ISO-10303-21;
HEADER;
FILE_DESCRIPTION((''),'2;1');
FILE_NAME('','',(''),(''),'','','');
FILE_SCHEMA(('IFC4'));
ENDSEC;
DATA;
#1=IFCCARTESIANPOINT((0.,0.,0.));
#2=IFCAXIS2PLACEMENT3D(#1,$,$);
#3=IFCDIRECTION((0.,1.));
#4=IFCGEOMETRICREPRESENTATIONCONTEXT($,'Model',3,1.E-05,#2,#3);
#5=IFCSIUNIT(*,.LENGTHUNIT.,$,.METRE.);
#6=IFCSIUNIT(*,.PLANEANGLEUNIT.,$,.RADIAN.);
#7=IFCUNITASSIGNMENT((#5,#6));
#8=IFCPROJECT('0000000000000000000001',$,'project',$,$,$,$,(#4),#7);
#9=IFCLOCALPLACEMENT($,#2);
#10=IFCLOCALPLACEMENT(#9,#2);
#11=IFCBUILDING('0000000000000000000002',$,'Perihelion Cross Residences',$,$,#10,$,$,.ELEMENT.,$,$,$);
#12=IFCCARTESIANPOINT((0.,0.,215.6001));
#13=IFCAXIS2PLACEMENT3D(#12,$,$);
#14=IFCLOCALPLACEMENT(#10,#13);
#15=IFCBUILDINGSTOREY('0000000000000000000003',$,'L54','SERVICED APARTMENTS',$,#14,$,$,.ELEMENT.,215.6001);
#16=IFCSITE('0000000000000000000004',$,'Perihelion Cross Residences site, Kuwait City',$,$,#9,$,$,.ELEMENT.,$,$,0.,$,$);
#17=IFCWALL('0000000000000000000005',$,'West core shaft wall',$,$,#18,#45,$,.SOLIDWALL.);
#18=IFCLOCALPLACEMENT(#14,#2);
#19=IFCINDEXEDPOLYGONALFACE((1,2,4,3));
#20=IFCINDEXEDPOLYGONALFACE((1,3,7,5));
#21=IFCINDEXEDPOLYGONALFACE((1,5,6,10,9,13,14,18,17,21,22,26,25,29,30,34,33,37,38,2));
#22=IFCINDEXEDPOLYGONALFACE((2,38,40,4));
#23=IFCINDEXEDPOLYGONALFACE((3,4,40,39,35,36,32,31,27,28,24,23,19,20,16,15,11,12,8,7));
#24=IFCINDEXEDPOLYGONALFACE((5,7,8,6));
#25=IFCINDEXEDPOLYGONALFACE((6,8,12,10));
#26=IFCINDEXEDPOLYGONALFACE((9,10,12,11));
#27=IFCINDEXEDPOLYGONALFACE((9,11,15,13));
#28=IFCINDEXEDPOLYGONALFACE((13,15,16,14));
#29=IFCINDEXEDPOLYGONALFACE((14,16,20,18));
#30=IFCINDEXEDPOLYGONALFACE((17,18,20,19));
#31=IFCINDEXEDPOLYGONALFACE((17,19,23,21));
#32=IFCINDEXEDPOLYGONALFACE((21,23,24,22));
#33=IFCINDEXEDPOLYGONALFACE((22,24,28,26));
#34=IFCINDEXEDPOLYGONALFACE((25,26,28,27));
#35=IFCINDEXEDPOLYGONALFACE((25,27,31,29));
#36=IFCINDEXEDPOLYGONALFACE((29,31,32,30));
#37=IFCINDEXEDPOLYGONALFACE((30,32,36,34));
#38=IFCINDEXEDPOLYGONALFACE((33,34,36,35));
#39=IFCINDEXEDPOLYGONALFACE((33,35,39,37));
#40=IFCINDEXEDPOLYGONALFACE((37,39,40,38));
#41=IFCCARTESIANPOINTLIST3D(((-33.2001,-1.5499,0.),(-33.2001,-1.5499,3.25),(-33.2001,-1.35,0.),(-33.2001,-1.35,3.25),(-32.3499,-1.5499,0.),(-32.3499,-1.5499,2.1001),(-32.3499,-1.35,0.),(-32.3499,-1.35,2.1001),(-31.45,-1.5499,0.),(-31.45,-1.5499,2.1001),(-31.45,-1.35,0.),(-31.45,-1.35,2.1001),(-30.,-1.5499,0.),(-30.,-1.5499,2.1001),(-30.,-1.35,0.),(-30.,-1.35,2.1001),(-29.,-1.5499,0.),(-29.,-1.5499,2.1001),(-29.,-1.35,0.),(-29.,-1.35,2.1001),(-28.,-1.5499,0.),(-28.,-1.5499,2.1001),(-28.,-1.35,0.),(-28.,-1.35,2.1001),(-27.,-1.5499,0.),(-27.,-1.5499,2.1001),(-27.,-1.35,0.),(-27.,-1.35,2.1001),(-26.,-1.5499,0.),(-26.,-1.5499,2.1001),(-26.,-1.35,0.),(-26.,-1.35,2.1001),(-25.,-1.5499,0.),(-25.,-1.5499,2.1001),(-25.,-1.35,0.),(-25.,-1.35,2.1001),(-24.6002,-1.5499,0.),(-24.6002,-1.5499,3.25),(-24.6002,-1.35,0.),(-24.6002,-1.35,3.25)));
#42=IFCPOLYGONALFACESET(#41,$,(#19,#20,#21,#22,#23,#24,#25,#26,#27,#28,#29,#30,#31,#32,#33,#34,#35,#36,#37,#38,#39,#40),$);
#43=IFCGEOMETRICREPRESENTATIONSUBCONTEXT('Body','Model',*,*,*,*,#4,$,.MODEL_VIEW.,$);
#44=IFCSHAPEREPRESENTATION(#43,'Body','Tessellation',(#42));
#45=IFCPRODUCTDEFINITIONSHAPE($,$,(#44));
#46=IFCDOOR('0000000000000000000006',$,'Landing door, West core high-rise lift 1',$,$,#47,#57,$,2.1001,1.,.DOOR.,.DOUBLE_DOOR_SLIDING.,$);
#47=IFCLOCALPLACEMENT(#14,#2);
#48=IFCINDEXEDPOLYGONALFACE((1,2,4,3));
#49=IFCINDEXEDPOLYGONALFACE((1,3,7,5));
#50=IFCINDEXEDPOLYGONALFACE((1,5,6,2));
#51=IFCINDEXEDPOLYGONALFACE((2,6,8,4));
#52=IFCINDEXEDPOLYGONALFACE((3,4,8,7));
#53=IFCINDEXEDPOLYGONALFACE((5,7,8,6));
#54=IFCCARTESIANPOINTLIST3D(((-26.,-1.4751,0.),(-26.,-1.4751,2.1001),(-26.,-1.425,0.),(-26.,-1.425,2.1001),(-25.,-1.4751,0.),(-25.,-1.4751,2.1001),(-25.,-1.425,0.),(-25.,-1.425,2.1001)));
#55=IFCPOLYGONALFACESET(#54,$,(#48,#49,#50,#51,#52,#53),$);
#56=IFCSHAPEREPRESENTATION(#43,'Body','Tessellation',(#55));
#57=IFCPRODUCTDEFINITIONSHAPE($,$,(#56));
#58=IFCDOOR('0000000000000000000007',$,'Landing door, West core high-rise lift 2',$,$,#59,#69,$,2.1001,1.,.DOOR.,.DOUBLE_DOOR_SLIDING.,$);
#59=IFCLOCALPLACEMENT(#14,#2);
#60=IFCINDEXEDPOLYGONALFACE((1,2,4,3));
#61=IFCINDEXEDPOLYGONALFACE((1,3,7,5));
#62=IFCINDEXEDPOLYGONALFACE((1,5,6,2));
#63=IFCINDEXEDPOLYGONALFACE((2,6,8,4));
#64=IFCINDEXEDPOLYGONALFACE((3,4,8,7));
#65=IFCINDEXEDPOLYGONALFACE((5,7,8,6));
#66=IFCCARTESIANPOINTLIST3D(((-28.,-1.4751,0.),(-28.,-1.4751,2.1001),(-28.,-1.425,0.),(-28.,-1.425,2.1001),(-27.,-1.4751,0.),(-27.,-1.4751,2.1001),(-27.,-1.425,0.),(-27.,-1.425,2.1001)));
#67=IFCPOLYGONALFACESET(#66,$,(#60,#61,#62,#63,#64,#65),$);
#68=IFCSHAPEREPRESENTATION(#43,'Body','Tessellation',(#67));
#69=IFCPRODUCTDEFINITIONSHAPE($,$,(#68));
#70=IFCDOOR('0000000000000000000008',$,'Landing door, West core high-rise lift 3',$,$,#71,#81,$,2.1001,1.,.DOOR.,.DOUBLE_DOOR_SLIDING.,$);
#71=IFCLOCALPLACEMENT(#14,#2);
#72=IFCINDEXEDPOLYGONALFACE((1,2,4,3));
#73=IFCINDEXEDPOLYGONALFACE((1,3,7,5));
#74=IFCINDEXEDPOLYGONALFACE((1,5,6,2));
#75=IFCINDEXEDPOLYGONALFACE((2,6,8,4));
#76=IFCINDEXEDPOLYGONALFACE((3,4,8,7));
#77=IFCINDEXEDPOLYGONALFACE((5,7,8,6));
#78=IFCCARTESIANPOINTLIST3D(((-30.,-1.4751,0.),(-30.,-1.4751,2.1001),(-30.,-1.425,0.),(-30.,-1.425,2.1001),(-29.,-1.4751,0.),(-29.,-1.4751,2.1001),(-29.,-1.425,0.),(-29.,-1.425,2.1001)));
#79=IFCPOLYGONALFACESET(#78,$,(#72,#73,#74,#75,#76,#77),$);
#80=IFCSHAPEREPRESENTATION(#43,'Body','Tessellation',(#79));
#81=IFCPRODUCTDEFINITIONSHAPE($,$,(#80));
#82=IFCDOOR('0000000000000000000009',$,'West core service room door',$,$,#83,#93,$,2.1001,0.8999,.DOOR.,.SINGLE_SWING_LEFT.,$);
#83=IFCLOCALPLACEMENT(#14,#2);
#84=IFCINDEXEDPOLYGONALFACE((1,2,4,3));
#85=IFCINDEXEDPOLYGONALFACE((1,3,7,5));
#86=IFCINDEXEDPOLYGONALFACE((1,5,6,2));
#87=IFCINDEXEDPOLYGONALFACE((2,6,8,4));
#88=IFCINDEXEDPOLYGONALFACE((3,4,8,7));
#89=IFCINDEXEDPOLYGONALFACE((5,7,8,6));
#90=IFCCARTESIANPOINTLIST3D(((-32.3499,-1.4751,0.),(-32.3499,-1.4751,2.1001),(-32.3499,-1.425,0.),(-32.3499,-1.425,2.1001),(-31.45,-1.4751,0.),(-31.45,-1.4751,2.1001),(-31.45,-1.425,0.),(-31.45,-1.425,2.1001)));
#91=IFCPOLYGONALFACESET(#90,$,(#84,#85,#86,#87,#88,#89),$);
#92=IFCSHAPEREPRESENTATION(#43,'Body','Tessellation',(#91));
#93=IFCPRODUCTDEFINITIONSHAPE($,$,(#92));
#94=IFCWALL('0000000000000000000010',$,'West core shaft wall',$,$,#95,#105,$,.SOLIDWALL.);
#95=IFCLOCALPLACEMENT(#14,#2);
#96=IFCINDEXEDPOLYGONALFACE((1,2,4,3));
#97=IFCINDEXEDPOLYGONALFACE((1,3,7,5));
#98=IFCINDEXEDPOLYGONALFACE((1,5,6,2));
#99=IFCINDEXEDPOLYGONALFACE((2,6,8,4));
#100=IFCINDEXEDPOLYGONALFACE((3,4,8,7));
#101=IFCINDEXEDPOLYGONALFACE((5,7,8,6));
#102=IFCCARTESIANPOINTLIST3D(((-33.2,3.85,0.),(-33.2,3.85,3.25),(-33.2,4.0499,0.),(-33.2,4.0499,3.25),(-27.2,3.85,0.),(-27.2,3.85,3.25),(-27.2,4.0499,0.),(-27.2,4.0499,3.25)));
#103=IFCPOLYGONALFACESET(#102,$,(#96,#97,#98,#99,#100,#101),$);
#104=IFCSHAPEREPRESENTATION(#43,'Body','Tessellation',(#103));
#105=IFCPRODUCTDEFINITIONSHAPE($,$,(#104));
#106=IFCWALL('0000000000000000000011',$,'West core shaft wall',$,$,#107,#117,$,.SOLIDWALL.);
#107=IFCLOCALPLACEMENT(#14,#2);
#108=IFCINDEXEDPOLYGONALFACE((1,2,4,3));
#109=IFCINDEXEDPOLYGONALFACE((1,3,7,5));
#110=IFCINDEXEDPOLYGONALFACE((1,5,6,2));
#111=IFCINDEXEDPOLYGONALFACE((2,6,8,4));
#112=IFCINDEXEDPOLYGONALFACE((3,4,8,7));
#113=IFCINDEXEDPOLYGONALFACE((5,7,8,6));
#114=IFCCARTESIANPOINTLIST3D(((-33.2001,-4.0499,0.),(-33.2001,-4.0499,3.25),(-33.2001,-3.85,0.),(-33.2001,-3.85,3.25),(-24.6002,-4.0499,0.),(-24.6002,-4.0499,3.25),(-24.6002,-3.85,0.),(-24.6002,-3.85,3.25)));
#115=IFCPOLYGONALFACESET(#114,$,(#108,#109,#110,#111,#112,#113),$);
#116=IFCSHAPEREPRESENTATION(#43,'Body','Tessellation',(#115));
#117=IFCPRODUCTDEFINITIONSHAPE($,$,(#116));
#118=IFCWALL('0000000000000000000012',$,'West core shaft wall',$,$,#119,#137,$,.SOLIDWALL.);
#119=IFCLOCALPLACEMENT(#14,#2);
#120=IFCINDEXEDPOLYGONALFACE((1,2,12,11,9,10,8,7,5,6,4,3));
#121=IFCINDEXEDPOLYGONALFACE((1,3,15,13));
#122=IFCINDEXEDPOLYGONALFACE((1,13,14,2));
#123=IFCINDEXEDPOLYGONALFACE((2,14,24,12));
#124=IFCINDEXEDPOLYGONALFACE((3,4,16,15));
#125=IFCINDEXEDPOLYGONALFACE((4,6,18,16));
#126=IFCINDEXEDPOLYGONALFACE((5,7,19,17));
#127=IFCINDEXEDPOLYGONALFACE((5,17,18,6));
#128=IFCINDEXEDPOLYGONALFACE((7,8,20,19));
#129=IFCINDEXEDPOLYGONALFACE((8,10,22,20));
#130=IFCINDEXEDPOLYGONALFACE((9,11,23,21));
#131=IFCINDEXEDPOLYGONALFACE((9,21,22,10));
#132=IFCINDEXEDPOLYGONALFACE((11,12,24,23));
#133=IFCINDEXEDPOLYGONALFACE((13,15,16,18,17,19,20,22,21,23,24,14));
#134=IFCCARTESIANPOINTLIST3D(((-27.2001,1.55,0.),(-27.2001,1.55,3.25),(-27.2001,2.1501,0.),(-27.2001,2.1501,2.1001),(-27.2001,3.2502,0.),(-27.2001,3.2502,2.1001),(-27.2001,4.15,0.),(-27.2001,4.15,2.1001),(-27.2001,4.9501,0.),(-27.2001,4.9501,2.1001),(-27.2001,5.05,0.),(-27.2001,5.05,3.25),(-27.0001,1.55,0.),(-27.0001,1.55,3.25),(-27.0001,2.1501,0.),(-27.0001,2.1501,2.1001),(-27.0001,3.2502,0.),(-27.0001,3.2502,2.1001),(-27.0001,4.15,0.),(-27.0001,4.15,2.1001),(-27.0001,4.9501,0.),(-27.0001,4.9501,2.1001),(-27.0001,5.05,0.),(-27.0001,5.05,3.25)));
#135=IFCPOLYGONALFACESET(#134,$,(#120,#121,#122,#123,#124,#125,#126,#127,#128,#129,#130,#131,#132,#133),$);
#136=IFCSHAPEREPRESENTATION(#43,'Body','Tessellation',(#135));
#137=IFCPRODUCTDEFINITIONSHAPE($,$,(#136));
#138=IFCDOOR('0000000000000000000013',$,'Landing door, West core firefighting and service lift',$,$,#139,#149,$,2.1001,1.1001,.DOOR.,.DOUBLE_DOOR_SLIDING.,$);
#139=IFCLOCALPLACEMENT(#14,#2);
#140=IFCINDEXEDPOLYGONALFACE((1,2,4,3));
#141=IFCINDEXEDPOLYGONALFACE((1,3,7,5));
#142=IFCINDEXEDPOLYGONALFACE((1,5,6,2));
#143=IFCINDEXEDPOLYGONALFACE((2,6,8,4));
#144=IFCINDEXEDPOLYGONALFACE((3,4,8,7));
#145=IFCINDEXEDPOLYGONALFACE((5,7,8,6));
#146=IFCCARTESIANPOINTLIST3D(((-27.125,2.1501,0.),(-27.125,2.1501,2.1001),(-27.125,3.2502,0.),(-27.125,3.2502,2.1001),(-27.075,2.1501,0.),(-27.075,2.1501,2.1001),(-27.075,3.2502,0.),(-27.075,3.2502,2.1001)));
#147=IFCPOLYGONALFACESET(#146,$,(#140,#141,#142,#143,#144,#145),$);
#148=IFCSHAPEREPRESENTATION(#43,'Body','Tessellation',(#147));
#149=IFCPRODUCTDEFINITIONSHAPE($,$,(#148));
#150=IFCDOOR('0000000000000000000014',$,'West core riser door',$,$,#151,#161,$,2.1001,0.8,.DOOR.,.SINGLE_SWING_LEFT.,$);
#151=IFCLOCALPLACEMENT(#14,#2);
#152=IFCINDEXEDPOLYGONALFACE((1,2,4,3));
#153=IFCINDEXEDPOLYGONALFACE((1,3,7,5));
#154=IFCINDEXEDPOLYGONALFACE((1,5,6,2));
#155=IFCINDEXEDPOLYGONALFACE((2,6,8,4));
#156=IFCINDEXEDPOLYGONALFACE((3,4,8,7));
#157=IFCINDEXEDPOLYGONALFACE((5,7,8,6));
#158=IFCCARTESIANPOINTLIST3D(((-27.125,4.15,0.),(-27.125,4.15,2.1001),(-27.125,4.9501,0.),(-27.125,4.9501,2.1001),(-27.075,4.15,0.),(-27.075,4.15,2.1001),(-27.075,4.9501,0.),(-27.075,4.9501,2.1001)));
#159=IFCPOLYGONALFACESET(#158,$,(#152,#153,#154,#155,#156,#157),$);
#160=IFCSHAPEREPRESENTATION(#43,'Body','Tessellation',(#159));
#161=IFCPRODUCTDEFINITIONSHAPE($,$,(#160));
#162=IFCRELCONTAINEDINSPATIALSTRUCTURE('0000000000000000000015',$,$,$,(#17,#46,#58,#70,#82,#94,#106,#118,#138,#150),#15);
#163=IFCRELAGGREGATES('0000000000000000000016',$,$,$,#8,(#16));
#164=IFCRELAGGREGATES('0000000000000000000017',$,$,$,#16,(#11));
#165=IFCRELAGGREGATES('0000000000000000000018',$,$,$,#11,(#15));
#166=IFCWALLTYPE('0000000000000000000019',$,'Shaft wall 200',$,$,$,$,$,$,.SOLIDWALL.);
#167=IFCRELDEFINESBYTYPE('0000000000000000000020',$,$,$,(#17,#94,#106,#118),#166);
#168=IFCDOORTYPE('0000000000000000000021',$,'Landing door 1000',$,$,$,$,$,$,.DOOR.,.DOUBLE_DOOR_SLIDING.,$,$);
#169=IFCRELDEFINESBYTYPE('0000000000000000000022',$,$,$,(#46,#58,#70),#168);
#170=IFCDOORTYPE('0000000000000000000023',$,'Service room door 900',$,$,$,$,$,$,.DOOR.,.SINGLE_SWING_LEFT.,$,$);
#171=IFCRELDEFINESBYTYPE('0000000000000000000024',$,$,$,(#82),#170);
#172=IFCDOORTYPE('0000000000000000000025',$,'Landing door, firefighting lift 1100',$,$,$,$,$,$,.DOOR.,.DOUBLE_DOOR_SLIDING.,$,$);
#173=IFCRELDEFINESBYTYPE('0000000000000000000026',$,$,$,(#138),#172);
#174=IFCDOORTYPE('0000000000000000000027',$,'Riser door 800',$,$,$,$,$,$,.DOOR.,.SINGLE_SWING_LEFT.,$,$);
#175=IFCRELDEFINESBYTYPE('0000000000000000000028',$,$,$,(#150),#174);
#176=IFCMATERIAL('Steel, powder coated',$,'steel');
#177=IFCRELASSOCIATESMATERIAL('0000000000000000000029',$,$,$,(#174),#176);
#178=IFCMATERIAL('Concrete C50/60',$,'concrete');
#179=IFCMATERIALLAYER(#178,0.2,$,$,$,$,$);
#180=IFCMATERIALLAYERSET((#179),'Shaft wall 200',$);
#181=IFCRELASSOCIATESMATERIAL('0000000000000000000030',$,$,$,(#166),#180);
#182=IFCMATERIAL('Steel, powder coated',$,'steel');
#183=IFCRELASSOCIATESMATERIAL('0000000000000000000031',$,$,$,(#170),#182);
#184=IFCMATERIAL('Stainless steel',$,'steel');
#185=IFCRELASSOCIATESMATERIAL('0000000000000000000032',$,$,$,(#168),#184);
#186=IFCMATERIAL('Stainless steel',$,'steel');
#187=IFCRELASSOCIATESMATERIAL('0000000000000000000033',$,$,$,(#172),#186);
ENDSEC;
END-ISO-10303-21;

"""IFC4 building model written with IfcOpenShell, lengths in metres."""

from ifc_helpers import new_model, si_unit, direction, frame, frame_2d, origin, place, context, subcontext, project, spatial, rectangle, extrude, material, layer, layer_set, type_object, element, fill, save


model = new_model("IFC4")

# Units and contexts
model_context = context("Model", 3, precision=1e-05, world=origin(), true_north=direction((0.0, 1.0)))
body_context = subcontext(model_context, "Body", "Model", "MODEL_VIEW")
ifc_project = project(units=[si_unit("LENGTHUNIT", "METRE"), si_unit("PLANEANGLEUNIT", "RADIAN")], contexts=[model_context])

# Site, building, storey
site_placement = place(None, origin())
site = spatial("IfcSite", under=ifc_project, at=site_placement, Name="Perihelion Cross Residences site, Kuwait City", CompositionType="ELEMENT", RefElevation=0.0)
building_placement = place(site_placement, origin())
building = spatial("IfcBuilding", under=site, at=building_placement, Name="Perihelion Cross Residences", CompositionType="ELEMENT")
storey_placement = place(building_placement, frame((0.0, 0.0, 215.6001)))
storey = spatial("IfcBuildingStorey", under=building, at=storey_placement, Name="L54", Description="SERVICED APARTMENTS", CompositionType="ELEMENT", Elevation=215.6001)

# Shared definitions
ifc_material_1 = material(Name="Steel, powder coated", Category="steel")
door_type_1 = type_object("IfcDoorType", Name="Riser door 800", OperationType="SINGLE_SWING_LEFT", PredefinedType="DOOR", material=ifc_material_1)

# Wall, openings, doors
ifc_material_2 = material(Name="Concrete C50/60", Category="concrete")
ifc_layer_1 = layer(ifc_material_2, 0.2)
ifc_layer_set_1 = layer_set([ifc_layer_1], Name="Shaft wall 200")
wall_type_1 = type_object("IfcWallType", Name="Shaft wall 200", PredefinedType="SOLIDWALL", material=ifc_layer_set_1)
ifc_material_3 = material(Name="Steel, powder coated", Category="steel")
door_type_2 = type_object("IfcDoorType", Name="Service room door 900", OperationType="SINGLE_SWING_LEFT", PredefinedType="DOOR", material=ifc_material_3)
wall_1_placement = place(storey_placement, frame((-33.2, -1.45, 0.0), z_axis=(0.0, 0.0, 1.0), x_axis=(1.0, 0.0, 0.0)))
wall_1 = element("IfcWall", 1, at=wall_1_placement, inside=storey, type_object=wall_type_1, Name="West core shaft wall", PredefinedType="SOLIDWALL", context=body_context, shape_type="SweptSolid", body=[
    extrude(rectangle(XDim=8.5999, YDim=0.2, at=frame_2d((4.2998, 0.0))), origin(), (0.0, 0.0, 1.0), 3.25),
])
opening_1_placement = place(wall_1_placement, frame((7.2, 0.0, 0.0)))
opening_1 = element("IfcOpeningElement", 2, at=opening_1_placement, cuts=wall_1, PredefinedType="OPENING", context=body_context, shape_type="SweptSolid", body=[
    extrude(rectangle(XDim=1.0, YDim=2.1001, at=frame_2d((0.5, 1.05))), frame((0.0, 0.1099, 0.0), z_axis=(0.0, -1.0, 0.0), x_axis=(1.0, 0.0, 0.0)), (0.0, 0.0, 1.0), 0.22),
])
opening_2_placement = place(wall_1_placement, frame((5.2, 0.0, 0.0)))
opening_2 = element("IfcOpeningElement", 3, at=opening_2_placement, cuts=wall_1, PredefinedType="OPENING", context=body_context, shape_type="SweptSolid", body=[
    extrude(rectangle(XDim=1.0, YDim=2.1001, at=frame_2d((0.5, 1.05))), frame((0.0, 0.1099, 0.0), z_axis=(0.0, -1.0, 0.0), x_axis=(1.0, 0.0, 0.0)), (0.0, 0.0, 1.0), 0.22),
])
opening_3_placement = place(wall_1_placement, frame((3.2, 0.0, 0.0)))
opening_3 = element("IfcOpeningElement", 4, at=opening_3_placement, cuts=wall_1, PredefinedType="OPENING", context=body_context, shape_type="SweptSolid", body=[
    extrude(rectangle(XDim=1.0, YDim=2.1001, at=frame_2d((0.5, 1.05))), frame((0.0, 0.1099, 0.0), z_axis=(0.0, -1.0, 0.0), x_axis=(1.0, 0.0, 0.0)), (0.0, 0.0, 1.0), 0.22),
])
opening_4_placement = place(wall_1_placement, frame((0.8501, 0.0, 0.0)))
opening_4 = element("IfcOpeningElement", 5, at=opening_4_placement, cuts=wall_1, PredefinedType="OPENING", context=body_context, shape_type="SweptSolid", body=[
    extrude(rectangle(XDim=0.8999, YDim=2.1001, at=frame_2d((0.45, 1.05))), frame((0.0, 0.1099, 0.0), z_axis=(0.0, -1.0, 0.0), x_axis=(1.0, 0.0, 0.0)), (0.0, 0.0, 1.0), 0.22),
])
ifc_material_4 = material(Name="Stainless steel", Category="steel")
door_type_3 = type_object("IfcDoorType", Name="Landing door 1000", OperationType="DOUBLE_DOOR_SLIDING", PredefinedType="DOOR", material=ifc_material_4)
door_1_placement = place(opening_1_placement, origin())
door_1 = element("IfcDoor", 6, at=door_1_placement, inside=storey, type_object=door_type_3, Name="Landing door, West core high-rise lift 1", OperationType="DOUBLE_DOOR_SLIDING", OverallHeight=2.1001, OverallWidth=1.0, PredefinedType="DOOR", context=body_context, shape_type="SweptSolid", body=[
    extrude(rectangle(XDim=1.0, YDim=2.1001, at=frame_2d((0.5, 1.05))), frame((0.0, 0.0249, 0.0), z_axis=(0.0, -1.0, 0.0), x_axis=(1.0, 0.0, 0.0)), (0.0, 0.0, 1.0), 0.05),
])
fill(opening_1, door_1)
door_2_placement = place(opening_2_placement, origin())
door_2 = element("IfcDoor", 7, at=door_2_placement, inside=storey, type_object=door_type_3, Name="Landing door, West core high-rise lift 2", OperationType="DOUBLE_DOOR_SLIDING", OverallHeight=2.1001, OverallWidth=1.0, PredefinedType="DOOR", context=body_context, shape_type="SweptSolid", body=[
    extrude(rectangle(XDim=1.0, YDim=2.1001, at=frame_2d((0.5, 1.05))), frame((0.0, 0.0249, 0.0), z_axis=(0.0, -1.0, 0.0), x_axis=(1.0, 0.0, 0.0)), (0.0, 0.0, 1.0), 0.05),
])
fill(opening_2, door_2)
door_3_placement = place(opening_3_placement, origin())
door_3 = element("IfcDoor", 8, at=door_3_placement, inside=storey, type_object=door_type_3, Name="Landing door, West core high-rise lift 3", OperationType="DOUBLE_DOOR_SLIDING", OverallHeight=2.1001, OverallWidth=1.0, PredefinedType="DOOR", context=body_context, shape_type="SweptSolid", body=[
    extrude(rectangle(XDim=1.0, YDim=2.1001, at=frame_2d((0.5, 1.05))), frame((0.0, 0.0249, 0.0), z_axis=(0.0, -1.0, 0.0), x_axis=(1.0, 0.0, 0.0)), (0.0, 0.0, 1.0), 0.05),
])
fill(opening_3, door_3)
door_4_placement = place(opening_4_placement, origin())
door_4 = element("IfcDoor", 9, at=door_4_placement, inside=storey, type_object=door_type_2, Name="West core service room door", OperationType="SINGLE_SWING_LEFT", OverallHeight=2.1001, OverallWidth=0.8999, PredefinedType="DOOR", context=body_context, shape_type="SweptSolid", body=[
    extrude(rectangle(XDim=0.8999, YDim=2.1001, at=frame_2d((0.45, 1.05))), frame((0.0, 0.0249, 0.0), z_axis=(0.0, -1.0, 0.0), x_axis=(1.0, 0.0, 0.0)), (0.0, 0.0, 1.0), 0.05),
])
fill(opening_4, door_4)

# Walls
wall_2_placement = place(storey_placement, frame((-33.2, 3.95, 0.0), z_axis=(0.0, 0.0, 1.0), x_axis=(1.0, 0.0, 0.0)))
element("IfcWall", 10, at=wall_2_placement, inside=storey, type_object=wall_type_1, Name="West core shaft wall", PredefinedType="SOLIDWALL", context=body_context, shape_type="SweptSolid", body=[
    extrude(rectangle(XDim=6.0, YDim=0.2, at=frame_2d((3.0, 0.0))), origin(), (0.0, 0.0, 1.0), 3.25),
])
wall_3_placement = place(storey_placement, frame((-33.2, -3.95, 0.0), z_axis=(0.0, 0.0, 1.0), x_axis=(1.0, 0.0, 0.0)))
element("IfcWall", 11, at=wall_3_placement, inside=storey, type_object=wall_type_1, Name="West core shaft wall", PredefinedType="SOLIDWALL", context=body_context, shape_type="SweptSolid", body=[
    extrude(rectangle(XDim=8.5999, YDim=0.2, at=frame_2d((4.2998, 0.0))), origin(), (0.0, 0.0, 1.0), 3.25),
])

# Wall, openings, doors
wall_4_placement = place(storey_placement, frame((-27.1001, 1.55, 0.0), z_axis=(0.0, 0.0, 1.0), x_axis=(0.0, 1.0, 0.0)))
wall_4 = element("IfcWall", 12, at=wall_4_placement, inside=storey, type_object=wall_type_1, Name="West core shaft wall", PredefinedType="SOLIDWALL", context=body_context, shape_type="SweptSolid", body=[
    extrude(rectangle(XDim=3.5, YDim=0.2, at=frame_2d((1.75, 0.0))), origin(), (0.0, 0.0, 1.0), 3.25),
])
opening_5_placement = place(wall_4_placement, frame((0.6001, 0.0, 0.0)))
opening_5 = element("IfcOpeningElement", 13, at=opening_5_placement, cuts=wall_4, PredefinedType="OPENING", context=body_context, shape_type="SweptSolid", body=[
    extrude(rectangle(XDim=1.1001, YDim=2.1001, at=frame_2d((0.55, 1.05))), frame((0.0, 0.1099, 0.0), z_axis=(0.0, -1.0, 0.0), x_axis=(1.0, 0.0, 0.0)), (0.0, 0.0, 1.0), 0.22),
])
opening_6_placement = place(wall_4_placement, frame((2.6001, 0.0, 0.0)))
opening_6 = element("IfcOpeningElement", 14, at=opening_6_placement, cuts=wall_4, PredefinedType="OPENING", context=body_context, shape_type="SweptSolid", body=[
    extrude(rectangle(XDim=0.8, YDim=2.1001, at=frame_2d((0.3999, 1.05))), frame((0.0, 0.1099, 0.0), z_axis=(0.0, -1.0, 0.0), x_axis=(1.0, 0.0, 0.0)), (0.0, 0.0, 1.0), 0.22),
])
ifc_material_5 = material(Name="Stainless steel", Category="steel")
door_type_4 = type_object("IfcDoorType", Name="Landing door, firefighting lift 1100", OperationType="DOUBLE_DOOR_SLIDING", PredefinedType="DOOR", material=ifc_material_5)
door_5_placement = place(opening_5_placement, origin())
door_5 = element("IfcDoor", 15, at=door_5_placement, inside=storey, type_object=door_type_4, Name="Landing door, West core firefighting and service lift", OperationType="DOUBLE_DOOR_SLIDING", OverallHeight=2.1001, OverallWidth=1.1001, PredefinedType="DOOR", context=body_context, shape_type="SweptSolid", body=[
    extrude(rectangle(XDim=1.1001, YDim=2.1001, at=frame_2d((0.55, 1.05))), frame((0.0, 0.0249, 0.0), z_axis=(0.0, -1.0, 0.0), x_axis=(1.0, 0.0, 0.0)), (0.0, 0.0, 1.0), 0.05),
])
fill(opening_5, door_5)
door_6_placement = place(opening_6_placement, origin())
door_6 = element("IfcDoor", 16, at=door_6_placement, inside=storey, type_object=door_type_1, Name="West core riser door", OperationType="SINGLE_SWING_LEFT", OverallHeight=2.1001, OverallWidth=0.8, PredefinedType="DOOR", context=body_context, shape_type="SweptSolid", body=[
    extrude(rectangle(XDim=0.8, YDim=2.1001, at=frame_2d((0.3999, 1.05))), frame((0.0, 0.0249, 0.0), z_axis=(0.0, -1.0, 0.0), x_axis=(1.0, 0.0, 0.0)), (0.0, 0.0, 1.0), 0.05),
])
fill(opening_6, door_6)

save(model, "model.ifc")
